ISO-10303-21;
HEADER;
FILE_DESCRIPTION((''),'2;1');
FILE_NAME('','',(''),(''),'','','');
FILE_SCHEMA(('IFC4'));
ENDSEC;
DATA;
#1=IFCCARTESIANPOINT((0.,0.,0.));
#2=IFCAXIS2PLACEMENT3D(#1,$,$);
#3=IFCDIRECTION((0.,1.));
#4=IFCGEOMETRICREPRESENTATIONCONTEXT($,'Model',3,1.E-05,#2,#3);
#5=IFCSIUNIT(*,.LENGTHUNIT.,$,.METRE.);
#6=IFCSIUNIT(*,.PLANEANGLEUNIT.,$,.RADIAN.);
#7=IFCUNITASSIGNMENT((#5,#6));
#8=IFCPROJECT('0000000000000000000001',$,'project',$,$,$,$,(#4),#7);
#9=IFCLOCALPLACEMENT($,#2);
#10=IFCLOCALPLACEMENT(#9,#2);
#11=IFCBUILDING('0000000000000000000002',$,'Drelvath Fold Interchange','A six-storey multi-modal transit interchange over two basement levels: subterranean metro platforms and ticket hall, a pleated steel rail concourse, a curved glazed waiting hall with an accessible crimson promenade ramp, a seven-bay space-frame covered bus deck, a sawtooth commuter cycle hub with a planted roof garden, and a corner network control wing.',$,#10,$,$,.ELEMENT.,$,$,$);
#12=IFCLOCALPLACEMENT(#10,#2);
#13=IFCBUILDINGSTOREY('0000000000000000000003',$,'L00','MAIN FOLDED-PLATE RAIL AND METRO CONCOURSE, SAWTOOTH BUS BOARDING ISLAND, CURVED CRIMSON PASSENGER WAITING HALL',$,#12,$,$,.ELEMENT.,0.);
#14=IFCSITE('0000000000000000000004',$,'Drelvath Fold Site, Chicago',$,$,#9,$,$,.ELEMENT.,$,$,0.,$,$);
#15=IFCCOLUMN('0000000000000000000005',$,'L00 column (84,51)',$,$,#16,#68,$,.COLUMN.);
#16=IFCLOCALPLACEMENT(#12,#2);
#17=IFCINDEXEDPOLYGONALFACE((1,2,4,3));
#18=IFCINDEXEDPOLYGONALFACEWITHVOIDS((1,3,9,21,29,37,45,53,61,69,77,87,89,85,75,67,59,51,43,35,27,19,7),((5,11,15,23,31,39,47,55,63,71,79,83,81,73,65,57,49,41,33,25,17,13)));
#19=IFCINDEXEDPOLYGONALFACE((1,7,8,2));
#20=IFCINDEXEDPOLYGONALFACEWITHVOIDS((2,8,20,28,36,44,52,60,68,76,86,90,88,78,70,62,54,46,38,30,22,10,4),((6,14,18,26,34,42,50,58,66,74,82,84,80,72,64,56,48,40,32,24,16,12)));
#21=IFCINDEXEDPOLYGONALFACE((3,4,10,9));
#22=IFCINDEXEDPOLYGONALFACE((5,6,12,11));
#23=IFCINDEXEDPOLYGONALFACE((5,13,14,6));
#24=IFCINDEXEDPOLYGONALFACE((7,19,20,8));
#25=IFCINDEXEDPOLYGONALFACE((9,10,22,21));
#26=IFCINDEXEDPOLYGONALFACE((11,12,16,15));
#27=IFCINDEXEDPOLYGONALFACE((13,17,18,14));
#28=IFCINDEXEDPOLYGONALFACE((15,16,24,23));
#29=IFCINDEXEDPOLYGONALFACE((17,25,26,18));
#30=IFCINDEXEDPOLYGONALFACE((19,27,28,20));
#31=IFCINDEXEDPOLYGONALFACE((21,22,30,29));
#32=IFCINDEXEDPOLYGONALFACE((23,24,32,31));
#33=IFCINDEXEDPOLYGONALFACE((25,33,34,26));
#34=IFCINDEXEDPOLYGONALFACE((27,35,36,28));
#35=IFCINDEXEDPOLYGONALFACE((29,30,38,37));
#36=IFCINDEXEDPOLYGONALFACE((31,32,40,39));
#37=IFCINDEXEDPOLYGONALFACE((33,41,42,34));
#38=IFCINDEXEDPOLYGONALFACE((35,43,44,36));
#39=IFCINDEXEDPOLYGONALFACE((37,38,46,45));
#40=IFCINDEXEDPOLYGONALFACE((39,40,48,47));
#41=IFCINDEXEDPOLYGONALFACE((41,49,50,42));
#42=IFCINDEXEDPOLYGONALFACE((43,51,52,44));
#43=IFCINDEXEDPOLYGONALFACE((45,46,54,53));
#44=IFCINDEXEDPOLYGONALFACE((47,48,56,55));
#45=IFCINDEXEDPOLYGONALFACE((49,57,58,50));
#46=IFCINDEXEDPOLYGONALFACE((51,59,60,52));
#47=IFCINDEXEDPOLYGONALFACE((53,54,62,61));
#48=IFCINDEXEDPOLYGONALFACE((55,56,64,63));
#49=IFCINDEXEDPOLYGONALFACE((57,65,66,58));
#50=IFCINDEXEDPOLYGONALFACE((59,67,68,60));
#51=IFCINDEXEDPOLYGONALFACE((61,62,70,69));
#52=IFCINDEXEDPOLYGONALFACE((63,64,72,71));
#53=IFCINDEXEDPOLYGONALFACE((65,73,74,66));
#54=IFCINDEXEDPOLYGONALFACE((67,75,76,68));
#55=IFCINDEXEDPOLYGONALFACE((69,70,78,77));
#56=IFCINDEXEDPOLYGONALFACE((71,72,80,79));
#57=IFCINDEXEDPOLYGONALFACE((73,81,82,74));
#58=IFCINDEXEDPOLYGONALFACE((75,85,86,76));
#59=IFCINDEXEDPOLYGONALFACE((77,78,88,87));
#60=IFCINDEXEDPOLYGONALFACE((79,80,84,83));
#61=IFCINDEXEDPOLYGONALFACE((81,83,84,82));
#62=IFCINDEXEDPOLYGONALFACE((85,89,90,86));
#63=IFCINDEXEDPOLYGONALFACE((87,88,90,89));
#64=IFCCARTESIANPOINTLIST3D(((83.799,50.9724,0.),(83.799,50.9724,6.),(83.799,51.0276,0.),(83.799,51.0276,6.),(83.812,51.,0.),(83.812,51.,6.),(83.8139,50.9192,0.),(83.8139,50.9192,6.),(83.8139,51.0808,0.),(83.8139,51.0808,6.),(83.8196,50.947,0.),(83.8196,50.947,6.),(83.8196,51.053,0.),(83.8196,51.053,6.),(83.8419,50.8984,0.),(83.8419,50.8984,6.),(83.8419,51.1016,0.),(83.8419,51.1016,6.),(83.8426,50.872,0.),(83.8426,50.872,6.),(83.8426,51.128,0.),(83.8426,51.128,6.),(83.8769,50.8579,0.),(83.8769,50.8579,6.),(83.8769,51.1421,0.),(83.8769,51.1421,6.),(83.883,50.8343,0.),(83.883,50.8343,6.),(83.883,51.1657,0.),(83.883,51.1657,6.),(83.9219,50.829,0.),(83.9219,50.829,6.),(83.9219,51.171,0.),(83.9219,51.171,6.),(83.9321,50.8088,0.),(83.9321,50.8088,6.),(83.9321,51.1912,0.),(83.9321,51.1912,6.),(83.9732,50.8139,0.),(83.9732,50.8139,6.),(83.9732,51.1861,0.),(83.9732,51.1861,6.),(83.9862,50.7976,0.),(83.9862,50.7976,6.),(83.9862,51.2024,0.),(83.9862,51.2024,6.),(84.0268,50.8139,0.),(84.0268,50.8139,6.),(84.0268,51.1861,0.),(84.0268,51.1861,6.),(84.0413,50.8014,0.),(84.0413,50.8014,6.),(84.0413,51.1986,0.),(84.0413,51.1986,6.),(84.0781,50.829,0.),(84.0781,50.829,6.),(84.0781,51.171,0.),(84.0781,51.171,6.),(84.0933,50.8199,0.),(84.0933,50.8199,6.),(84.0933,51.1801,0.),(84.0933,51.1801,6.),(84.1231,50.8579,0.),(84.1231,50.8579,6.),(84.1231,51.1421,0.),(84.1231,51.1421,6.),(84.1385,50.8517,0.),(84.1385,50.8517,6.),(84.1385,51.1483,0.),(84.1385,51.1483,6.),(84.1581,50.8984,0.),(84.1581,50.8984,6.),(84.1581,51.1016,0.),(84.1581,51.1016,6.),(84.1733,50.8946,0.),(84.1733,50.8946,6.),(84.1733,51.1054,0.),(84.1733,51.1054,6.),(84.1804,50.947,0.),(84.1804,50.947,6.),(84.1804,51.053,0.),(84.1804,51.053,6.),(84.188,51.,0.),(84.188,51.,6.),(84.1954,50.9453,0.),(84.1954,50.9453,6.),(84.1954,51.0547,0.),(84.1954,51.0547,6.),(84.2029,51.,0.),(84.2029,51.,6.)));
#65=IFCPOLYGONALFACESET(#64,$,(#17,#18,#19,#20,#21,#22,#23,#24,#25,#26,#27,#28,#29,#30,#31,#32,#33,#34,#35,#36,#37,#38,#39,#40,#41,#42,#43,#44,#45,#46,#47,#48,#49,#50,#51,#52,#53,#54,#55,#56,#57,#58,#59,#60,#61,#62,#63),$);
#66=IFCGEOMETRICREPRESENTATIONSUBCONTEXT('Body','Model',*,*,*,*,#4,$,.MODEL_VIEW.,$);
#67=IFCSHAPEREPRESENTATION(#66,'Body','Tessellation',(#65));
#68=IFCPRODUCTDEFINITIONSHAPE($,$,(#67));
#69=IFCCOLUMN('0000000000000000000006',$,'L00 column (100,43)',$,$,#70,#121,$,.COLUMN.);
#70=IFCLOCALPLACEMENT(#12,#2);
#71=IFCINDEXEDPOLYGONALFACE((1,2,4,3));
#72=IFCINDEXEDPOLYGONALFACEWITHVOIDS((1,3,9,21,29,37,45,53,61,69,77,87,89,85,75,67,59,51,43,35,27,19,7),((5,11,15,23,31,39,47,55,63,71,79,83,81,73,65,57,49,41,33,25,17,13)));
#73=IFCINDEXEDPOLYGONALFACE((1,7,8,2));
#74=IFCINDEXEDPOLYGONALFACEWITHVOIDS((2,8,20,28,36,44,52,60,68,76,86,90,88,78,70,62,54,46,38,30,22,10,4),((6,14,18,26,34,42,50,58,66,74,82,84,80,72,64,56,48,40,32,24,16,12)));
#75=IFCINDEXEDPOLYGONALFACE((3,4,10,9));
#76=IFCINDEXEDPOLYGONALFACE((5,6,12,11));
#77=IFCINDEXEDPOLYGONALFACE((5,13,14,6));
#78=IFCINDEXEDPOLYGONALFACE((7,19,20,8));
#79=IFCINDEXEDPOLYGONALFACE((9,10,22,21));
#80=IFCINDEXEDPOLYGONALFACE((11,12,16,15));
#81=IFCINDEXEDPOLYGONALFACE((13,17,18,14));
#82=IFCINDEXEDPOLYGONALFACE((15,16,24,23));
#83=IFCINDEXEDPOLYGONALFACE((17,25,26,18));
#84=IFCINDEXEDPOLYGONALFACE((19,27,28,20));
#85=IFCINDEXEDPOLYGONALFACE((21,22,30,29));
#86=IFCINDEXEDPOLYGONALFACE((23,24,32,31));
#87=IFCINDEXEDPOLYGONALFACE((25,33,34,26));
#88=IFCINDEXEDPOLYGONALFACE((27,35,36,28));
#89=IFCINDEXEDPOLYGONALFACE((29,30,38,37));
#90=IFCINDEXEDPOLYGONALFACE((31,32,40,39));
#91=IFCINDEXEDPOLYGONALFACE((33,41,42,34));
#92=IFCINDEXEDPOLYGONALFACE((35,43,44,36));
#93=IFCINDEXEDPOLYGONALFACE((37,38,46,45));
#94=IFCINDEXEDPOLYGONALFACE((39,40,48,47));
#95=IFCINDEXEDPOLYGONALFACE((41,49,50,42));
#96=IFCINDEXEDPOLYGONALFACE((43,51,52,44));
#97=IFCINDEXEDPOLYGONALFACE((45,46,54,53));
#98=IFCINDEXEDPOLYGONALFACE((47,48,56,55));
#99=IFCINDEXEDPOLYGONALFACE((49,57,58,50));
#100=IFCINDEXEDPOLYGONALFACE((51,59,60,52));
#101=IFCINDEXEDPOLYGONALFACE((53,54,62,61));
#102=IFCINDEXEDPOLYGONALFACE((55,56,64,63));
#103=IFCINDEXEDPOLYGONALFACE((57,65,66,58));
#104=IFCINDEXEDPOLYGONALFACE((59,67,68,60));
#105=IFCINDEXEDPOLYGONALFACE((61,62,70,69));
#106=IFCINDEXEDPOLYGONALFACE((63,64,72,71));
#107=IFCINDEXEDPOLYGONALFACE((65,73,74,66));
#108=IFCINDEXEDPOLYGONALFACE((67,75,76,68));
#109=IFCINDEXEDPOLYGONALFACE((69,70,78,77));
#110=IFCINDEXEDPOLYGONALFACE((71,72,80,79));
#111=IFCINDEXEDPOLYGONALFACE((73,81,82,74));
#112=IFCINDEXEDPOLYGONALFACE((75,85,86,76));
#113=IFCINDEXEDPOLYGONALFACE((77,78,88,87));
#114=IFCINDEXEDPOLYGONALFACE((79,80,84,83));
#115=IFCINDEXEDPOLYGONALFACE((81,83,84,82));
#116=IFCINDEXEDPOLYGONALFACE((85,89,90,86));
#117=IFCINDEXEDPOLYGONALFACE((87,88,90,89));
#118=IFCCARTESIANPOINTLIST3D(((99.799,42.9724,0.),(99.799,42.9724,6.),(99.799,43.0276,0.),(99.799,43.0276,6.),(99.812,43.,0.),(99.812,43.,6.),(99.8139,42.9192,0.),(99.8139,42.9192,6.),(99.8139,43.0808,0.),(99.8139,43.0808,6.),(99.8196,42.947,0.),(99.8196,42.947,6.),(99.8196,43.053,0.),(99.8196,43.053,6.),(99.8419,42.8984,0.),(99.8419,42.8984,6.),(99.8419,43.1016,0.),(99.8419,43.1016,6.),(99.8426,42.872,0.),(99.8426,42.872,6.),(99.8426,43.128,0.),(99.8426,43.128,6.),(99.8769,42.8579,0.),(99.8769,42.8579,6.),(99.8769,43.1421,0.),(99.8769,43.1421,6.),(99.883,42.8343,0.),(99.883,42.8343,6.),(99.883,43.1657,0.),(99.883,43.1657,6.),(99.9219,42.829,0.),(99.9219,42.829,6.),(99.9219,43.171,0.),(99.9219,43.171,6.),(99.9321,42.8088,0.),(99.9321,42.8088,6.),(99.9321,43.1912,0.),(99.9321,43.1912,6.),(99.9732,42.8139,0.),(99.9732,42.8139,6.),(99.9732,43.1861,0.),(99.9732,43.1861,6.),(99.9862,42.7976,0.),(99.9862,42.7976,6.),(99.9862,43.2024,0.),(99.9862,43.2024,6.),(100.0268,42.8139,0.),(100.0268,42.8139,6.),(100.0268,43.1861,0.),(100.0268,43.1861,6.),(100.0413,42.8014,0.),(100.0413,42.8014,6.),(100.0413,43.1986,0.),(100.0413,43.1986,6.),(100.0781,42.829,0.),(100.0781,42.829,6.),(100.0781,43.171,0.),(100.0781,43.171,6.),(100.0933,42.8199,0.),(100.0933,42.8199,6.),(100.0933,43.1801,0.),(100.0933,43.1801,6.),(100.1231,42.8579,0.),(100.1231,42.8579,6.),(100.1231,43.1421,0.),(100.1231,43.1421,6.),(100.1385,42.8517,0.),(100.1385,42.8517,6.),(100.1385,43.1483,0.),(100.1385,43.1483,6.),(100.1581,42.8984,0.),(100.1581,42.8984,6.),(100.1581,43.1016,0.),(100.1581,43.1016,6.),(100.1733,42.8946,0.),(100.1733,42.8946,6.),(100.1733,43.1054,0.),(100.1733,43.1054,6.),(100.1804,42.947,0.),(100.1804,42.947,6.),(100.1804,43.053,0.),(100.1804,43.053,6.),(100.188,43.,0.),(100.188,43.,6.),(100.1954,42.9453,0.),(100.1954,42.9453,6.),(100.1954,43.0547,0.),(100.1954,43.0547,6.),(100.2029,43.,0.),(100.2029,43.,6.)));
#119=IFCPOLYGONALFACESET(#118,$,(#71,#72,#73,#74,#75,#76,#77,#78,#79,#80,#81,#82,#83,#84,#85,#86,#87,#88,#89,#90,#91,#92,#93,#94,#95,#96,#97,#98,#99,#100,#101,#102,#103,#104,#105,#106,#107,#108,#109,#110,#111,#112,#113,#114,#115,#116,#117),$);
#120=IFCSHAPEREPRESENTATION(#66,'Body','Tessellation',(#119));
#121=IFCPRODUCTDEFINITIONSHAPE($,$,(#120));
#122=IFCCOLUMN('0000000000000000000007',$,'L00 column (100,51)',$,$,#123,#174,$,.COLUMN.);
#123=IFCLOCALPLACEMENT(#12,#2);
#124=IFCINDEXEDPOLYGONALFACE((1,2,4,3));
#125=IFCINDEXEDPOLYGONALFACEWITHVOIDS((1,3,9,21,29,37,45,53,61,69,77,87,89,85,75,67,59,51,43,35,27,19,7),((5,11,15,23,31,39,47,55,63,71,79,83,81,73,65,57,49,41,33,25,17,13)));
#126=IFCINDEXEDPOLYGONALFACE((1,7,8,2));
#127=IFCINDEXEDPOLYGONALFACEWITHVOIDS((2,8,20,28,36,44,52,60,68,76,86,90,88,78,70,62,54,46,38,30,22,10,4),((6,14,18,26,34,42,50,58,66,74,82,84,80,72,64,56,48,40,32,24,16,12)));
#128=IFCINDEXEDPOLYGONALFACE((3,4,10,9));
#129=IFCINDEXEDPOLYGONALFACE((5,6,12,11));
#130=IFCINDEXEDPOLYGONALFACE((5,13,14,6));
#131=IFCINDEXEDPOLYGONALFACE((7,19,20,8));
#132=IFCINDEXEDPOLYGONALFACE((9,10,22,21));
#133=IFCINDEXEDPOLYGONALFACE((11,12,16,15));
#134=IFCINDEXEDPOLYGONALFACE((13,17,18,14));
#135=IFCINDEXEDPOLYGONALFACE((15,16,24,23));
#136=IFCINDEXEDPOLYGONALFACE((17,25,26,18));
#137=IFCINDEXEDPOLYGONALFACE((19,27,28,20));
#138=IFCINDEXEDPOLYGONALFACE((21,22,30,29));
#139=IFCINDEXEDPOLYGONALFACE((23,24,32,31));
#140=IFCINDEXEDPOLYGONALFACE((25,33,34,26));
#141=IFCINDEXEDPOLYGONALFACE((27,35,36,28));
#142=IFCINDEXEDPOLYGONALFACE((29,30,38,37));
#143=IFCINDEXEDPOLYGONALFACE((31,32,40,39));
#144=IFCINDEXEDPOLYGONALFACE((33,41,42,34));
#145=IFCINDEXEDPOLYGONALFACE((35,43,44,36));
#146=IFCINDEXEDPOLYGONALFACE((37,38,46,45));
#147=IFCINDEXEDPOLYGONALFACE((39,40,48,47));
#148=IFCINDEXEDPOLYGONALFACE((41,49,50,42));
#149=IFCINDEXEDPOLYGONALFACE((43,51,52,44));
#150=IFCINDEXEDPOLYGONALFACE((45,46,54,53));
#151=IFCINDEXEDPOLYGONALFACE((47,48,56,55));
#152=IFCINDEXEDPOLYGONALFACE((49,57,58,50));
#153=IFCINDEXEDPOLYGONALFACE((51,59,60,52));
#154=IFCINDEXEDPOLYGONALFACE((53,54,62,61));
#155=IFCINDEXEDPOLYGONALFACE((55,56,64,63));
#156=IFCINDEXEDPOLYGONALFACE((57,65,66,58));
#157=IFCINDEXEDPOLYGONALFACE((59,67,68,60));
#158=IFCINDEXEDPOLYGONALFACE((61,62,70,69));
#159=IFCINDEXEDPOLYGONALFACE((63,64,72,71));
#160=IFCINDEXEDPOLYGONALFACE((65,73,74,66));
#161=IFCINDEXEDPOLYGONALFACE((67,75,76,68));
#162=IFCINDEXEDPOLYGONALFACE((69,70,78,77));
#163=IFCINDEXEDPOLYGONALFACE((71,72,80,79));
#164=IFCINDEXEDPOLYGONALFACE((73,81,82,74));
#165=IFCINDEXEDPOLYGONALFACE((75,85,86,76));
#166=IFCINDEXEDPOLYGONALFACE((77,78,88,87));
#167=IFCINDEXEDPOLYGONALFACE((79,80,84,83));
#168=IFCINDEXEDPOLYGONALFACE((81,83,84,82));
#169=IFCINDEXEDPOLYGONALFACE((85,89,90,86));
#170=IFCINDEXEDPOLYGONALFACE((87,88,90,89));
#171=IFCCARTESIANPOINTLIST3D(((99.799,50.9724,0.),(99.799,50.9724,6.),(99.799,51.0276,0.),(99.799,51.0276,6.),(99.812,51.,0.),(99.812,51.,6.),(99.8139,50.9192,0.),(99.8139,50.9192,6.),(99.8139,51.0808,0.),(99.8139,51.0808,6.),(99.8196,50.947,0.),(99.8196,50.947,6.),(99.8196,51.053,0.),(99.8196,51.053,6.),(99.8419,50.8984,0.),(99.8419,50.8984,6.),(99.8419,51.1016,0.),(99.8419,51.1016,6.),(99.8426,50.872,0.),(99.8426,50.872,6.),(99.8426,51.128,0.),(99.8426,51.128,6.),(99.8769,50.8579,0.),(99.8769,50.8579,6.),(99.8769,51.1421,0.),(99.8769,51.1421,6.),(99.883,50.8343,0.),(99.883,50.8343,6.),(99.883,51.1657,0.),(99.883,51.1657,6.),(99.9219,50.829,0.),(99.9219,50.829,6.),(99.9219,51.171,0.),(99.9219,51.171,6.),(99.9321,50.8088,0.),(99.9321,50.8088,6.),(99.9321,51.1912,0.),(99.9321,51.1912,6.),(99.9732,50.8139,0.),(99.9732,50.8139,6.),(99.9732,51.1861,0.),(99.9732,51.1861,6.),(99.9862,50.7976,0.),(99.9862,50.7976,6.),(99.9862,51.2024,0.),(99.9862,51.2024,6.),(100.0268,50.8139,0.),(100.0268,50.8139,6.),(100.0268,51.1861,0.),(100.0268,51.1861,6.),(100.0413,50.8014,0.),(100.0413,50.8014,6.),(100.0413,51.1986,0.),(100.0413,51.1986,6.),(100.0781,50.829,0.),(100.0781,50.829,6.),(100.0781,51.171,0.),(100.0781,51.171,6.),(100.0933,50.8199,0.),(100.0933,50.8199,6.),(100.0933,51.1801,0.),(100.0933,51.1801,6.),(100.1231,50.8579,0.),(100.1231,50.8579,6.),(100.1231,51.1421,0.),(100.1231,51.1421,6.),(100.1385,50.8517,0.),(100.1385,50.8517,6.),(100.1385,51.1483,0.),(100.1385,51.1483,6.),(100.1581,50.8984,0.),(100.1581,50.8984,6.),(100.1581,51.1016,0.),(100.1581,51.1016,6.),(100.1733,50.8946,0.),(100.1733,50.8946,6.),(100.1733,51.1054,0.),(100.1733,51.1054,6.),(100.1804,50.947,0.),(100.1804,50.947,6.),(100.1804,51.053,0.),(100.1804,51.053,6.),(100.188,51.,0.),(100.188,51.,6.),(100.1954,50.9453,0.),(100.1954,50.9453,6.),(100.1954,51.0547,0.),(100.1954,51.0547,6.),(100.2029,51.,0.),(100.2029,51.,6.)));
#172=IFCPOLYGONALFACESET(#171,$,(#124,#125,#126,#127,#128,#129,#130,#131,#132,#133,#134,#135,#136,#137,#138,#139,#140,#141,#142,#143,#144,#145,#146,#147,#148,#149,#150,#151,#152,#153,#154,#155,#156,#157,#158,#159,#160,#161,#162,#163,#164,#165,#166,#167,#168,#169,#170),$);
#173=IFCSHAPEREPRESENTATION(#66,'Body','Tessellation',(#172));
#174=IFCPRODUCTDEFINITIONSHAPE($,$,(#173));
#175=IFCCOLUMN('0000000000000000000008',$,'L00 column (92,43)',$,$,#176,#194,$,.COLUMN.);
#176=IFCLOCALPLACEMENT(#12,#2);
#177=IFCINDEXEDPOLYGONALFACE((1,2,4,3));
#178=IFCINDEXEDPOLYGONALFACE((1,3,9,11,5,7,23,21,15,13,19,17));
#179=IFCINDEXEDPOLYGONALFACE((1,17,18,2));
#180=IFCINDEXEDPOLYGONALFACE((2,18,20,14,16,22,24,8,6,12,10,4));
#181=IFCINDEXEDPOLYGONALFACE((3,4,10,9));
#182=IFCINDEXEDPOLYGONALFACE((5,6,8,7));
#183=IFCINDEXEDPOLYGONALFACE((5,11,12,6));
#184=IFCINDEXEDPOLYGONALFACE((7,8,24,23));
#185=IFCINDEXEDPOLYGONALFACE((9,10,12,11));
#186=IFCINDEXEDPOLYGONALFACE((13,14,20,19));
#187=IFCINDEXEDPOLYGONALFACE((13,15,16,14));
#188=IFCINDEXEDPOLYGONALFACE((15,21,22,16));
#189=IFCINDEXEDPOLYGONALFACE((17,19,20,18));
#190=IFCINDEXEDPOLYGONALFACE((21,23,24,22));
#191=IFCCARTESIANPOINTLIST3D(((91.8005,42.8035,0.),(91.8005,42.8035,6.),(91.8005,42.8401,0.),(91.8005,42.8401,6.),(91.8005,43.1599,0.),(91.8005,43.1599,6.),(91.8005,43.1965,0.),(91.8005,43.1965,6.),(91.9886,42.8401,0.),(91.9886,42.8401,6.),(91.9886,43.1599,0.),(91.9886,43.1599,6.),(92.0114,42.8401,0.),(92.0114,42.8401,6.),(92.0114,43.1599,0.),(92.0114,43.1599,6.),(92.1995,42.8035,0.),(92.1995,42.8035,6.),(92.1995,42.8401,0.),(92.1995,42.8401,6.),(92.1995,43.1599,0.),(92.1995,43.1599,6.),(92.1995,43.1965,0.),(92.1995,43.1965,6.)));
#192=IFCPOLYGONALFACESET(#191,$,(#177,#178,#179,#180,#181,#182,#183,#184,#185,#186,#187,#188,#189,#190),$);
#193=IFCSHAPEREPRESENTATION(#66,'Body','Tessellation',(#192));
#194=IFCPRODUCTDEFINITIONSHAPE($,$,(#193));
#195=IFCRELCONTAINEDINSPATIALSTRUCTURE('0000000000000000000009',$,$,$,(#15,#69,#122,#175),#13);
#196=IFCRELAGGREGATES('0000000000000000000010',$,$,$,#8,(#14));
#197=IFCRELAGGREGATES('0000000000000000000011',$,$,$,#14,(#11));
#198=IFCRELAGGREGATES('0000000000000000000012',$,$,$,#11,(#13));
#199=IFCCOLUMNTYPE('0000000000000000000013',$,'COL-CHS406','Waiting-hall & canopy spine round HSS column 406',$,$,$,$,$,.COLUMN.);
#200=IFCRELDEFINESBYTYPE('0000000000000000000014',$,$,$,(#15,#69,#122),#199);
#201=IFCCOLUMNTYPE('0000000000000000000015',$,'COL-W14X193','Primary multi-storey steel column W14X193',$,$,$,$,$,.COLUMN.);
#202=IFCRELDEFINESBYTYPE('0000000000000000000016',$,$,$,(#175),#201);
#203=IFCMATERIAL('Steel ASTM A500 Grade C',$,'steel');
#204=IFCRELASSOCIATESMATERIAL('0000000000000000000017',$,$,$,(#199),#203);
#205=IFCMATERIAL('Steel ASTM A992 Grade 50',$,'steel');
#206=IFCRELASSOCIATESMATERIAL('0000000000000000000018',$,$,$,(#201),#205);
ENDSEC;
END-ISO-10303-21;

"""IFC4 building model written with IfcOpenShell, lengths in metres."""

from ifc_helpers import new_model, si_unit, direction, frame, origin, origin_2d, place, context, subcontext, project, spatial, hollow_circle, i_section, extrude, material, material_profile, profile_set, type_object, element, save


model = new_model("IFC4")

# Units and contexts
model_context = context("Model", 3, precision=1e-05, world=origin(), true_north=direction((0.0, 1.0)))
body_context = subcontext(model_context, "Body", "Model", "MODEL_VIEW")
ifc_project = project(units=[si_unit("LENGTHUNIT", "METRE"), si_unit("PLANEANGLEUNIT", "RADIAN")], contexts=[model_context])

# Site, building, storey
site_placement = place(None, origin())
site = spatial("IfcSite", under=ifc_project, at=site_placement, Name="Drelvath Fold Site, Chicago", CompositionType="ELEMENT", RefElevation=0.0)
building_placement = place(site_placement, origin())
building = spatial("IfcBuilding", under=site, at=building_placement, Name="Drelvath Fold Interchange", Description="A six-storey multi-modal transit interchange over two basement levels: subterranean metro platforms and ticket hall, a pleated steel rail concourse, a curved glazed waiting hall with an accessible crimson promenade ramp, a seven-bay space-frame covered bus deck, a sawtooth commuter cycle hub with a planted roof garden, and a corner network control wing.", CompositionType="ELEMENT")
storey_placement = place(building_placement, origin())
storey = spatial("IfcBuildingStorey", under=building, at=storey_placement, Name="L00", Description="MAIN FOLDED-PLATE RAIL AND METRO CONCOURSE, SAWTOOTH BUS BOARDING ISLAND, CURVED CRIMSON PASSENGER WAITING HALL", CompositionType="ELEMENT", Elevation=0.0)

# Columns
ifc_material_1 = material(Name="Steel ASTM A500 Grade C", Category="steel")
ifc_material_profile_1 = material_profile(ifc_material_1, hollow_circle(Radius=0.2029, WallThickness=0.0149, at=origin_2d()), Name="HSS16.000X0.625")
ifc_profile_set_1 = profile_set([ifc_material_profile_1], Name="Steel ASTM A500 Grade C")
column_type_1 = type_object("IfcColumnType", Name="COL-CHS406", Description="Waiting-hall & canopy spine round HSS column 406", PredefinedType="COLUMN", material=ifc_profile_set_1)
for number, where, z_axis, x_axis, name in (
    (1, (84.0, 51.0, 0.0), (0.0, 0.0, 1.0), (1.0, 0.0, 0.0), "L00 column (84,51)"),
    (2, (100.0, 43.0, 0.0), (0.0, 0.0, 1.0), (1.0, 0.0, 0.0), "L00 column (100,43)"),
    (3, (100.0, 51.0, 0.0), (0.0, 0.0, 1.0), (1.0, 0.0, 0.0), "L00 column (100,51)"),
):
    element("IfcColumn", number, at=place(storey_placement, frame(where, z_axis=z_axis, x_axis=x_axis)), inside=storey, type_object=column_type_1, Name=name, PredefinedType="COLUMN", context=body_context, shape_type="SweptSolid", body=[
        extrude(hollow_circle(Radius=0.2029, WallThickness=0.0149, at=origin_2d()), origin(), (0.0, 0.0, 1.0), 6.0),
    ])
ifc_material_2 = material(Name="Steel ASTM A992 Grade 50", Category="steel")
ifc_material_profile_2 = material_profile(ifc_material_2, i_section(OverallWidth=0.3989, OverallDepth=0.3931, WebThickness=0.0227, FlangeThickness=0.0366, at=origin_2d()), Name="W14X193")
ifc_profile_set_2 = profile_set([ifc_material_profile_2], Name="Steel ASTM A992 Grade 50")
column_type_2 = type_object("IfcColumnType", Name="COL-W14X193", Description="Primary multi-storey steel column W14X193", PredefinedType="COLUMN", material=ifc_profile_set_2)
for number, where, z_axis, x_axis, name in (
    (4, (92.0, 43.0, 0.0), (0.0, 0.0, 1.0), (1.0, 0.0, 0.0), "L00 column (92,43)"),
):
    element("IfcColumn", number, at=place(storey_placement, frame(where, z_axis=z_axis, x_axis=x_axis)), inside=storey, type_object=column_type_2, Name=name, PredefinedType="COLUMN", context=body_context, shape_type="SweptSolid", body=[
        extrude(i_section(OverallWidth=0.3989, OverallDepth=0.3931, WebThickness=0.0227, FlangeThickness=0.0366, at=origin_2d()), origin(), (0.0, 0.0, 1.0), 6.0),
    ])

save(model, "model.ifc")
